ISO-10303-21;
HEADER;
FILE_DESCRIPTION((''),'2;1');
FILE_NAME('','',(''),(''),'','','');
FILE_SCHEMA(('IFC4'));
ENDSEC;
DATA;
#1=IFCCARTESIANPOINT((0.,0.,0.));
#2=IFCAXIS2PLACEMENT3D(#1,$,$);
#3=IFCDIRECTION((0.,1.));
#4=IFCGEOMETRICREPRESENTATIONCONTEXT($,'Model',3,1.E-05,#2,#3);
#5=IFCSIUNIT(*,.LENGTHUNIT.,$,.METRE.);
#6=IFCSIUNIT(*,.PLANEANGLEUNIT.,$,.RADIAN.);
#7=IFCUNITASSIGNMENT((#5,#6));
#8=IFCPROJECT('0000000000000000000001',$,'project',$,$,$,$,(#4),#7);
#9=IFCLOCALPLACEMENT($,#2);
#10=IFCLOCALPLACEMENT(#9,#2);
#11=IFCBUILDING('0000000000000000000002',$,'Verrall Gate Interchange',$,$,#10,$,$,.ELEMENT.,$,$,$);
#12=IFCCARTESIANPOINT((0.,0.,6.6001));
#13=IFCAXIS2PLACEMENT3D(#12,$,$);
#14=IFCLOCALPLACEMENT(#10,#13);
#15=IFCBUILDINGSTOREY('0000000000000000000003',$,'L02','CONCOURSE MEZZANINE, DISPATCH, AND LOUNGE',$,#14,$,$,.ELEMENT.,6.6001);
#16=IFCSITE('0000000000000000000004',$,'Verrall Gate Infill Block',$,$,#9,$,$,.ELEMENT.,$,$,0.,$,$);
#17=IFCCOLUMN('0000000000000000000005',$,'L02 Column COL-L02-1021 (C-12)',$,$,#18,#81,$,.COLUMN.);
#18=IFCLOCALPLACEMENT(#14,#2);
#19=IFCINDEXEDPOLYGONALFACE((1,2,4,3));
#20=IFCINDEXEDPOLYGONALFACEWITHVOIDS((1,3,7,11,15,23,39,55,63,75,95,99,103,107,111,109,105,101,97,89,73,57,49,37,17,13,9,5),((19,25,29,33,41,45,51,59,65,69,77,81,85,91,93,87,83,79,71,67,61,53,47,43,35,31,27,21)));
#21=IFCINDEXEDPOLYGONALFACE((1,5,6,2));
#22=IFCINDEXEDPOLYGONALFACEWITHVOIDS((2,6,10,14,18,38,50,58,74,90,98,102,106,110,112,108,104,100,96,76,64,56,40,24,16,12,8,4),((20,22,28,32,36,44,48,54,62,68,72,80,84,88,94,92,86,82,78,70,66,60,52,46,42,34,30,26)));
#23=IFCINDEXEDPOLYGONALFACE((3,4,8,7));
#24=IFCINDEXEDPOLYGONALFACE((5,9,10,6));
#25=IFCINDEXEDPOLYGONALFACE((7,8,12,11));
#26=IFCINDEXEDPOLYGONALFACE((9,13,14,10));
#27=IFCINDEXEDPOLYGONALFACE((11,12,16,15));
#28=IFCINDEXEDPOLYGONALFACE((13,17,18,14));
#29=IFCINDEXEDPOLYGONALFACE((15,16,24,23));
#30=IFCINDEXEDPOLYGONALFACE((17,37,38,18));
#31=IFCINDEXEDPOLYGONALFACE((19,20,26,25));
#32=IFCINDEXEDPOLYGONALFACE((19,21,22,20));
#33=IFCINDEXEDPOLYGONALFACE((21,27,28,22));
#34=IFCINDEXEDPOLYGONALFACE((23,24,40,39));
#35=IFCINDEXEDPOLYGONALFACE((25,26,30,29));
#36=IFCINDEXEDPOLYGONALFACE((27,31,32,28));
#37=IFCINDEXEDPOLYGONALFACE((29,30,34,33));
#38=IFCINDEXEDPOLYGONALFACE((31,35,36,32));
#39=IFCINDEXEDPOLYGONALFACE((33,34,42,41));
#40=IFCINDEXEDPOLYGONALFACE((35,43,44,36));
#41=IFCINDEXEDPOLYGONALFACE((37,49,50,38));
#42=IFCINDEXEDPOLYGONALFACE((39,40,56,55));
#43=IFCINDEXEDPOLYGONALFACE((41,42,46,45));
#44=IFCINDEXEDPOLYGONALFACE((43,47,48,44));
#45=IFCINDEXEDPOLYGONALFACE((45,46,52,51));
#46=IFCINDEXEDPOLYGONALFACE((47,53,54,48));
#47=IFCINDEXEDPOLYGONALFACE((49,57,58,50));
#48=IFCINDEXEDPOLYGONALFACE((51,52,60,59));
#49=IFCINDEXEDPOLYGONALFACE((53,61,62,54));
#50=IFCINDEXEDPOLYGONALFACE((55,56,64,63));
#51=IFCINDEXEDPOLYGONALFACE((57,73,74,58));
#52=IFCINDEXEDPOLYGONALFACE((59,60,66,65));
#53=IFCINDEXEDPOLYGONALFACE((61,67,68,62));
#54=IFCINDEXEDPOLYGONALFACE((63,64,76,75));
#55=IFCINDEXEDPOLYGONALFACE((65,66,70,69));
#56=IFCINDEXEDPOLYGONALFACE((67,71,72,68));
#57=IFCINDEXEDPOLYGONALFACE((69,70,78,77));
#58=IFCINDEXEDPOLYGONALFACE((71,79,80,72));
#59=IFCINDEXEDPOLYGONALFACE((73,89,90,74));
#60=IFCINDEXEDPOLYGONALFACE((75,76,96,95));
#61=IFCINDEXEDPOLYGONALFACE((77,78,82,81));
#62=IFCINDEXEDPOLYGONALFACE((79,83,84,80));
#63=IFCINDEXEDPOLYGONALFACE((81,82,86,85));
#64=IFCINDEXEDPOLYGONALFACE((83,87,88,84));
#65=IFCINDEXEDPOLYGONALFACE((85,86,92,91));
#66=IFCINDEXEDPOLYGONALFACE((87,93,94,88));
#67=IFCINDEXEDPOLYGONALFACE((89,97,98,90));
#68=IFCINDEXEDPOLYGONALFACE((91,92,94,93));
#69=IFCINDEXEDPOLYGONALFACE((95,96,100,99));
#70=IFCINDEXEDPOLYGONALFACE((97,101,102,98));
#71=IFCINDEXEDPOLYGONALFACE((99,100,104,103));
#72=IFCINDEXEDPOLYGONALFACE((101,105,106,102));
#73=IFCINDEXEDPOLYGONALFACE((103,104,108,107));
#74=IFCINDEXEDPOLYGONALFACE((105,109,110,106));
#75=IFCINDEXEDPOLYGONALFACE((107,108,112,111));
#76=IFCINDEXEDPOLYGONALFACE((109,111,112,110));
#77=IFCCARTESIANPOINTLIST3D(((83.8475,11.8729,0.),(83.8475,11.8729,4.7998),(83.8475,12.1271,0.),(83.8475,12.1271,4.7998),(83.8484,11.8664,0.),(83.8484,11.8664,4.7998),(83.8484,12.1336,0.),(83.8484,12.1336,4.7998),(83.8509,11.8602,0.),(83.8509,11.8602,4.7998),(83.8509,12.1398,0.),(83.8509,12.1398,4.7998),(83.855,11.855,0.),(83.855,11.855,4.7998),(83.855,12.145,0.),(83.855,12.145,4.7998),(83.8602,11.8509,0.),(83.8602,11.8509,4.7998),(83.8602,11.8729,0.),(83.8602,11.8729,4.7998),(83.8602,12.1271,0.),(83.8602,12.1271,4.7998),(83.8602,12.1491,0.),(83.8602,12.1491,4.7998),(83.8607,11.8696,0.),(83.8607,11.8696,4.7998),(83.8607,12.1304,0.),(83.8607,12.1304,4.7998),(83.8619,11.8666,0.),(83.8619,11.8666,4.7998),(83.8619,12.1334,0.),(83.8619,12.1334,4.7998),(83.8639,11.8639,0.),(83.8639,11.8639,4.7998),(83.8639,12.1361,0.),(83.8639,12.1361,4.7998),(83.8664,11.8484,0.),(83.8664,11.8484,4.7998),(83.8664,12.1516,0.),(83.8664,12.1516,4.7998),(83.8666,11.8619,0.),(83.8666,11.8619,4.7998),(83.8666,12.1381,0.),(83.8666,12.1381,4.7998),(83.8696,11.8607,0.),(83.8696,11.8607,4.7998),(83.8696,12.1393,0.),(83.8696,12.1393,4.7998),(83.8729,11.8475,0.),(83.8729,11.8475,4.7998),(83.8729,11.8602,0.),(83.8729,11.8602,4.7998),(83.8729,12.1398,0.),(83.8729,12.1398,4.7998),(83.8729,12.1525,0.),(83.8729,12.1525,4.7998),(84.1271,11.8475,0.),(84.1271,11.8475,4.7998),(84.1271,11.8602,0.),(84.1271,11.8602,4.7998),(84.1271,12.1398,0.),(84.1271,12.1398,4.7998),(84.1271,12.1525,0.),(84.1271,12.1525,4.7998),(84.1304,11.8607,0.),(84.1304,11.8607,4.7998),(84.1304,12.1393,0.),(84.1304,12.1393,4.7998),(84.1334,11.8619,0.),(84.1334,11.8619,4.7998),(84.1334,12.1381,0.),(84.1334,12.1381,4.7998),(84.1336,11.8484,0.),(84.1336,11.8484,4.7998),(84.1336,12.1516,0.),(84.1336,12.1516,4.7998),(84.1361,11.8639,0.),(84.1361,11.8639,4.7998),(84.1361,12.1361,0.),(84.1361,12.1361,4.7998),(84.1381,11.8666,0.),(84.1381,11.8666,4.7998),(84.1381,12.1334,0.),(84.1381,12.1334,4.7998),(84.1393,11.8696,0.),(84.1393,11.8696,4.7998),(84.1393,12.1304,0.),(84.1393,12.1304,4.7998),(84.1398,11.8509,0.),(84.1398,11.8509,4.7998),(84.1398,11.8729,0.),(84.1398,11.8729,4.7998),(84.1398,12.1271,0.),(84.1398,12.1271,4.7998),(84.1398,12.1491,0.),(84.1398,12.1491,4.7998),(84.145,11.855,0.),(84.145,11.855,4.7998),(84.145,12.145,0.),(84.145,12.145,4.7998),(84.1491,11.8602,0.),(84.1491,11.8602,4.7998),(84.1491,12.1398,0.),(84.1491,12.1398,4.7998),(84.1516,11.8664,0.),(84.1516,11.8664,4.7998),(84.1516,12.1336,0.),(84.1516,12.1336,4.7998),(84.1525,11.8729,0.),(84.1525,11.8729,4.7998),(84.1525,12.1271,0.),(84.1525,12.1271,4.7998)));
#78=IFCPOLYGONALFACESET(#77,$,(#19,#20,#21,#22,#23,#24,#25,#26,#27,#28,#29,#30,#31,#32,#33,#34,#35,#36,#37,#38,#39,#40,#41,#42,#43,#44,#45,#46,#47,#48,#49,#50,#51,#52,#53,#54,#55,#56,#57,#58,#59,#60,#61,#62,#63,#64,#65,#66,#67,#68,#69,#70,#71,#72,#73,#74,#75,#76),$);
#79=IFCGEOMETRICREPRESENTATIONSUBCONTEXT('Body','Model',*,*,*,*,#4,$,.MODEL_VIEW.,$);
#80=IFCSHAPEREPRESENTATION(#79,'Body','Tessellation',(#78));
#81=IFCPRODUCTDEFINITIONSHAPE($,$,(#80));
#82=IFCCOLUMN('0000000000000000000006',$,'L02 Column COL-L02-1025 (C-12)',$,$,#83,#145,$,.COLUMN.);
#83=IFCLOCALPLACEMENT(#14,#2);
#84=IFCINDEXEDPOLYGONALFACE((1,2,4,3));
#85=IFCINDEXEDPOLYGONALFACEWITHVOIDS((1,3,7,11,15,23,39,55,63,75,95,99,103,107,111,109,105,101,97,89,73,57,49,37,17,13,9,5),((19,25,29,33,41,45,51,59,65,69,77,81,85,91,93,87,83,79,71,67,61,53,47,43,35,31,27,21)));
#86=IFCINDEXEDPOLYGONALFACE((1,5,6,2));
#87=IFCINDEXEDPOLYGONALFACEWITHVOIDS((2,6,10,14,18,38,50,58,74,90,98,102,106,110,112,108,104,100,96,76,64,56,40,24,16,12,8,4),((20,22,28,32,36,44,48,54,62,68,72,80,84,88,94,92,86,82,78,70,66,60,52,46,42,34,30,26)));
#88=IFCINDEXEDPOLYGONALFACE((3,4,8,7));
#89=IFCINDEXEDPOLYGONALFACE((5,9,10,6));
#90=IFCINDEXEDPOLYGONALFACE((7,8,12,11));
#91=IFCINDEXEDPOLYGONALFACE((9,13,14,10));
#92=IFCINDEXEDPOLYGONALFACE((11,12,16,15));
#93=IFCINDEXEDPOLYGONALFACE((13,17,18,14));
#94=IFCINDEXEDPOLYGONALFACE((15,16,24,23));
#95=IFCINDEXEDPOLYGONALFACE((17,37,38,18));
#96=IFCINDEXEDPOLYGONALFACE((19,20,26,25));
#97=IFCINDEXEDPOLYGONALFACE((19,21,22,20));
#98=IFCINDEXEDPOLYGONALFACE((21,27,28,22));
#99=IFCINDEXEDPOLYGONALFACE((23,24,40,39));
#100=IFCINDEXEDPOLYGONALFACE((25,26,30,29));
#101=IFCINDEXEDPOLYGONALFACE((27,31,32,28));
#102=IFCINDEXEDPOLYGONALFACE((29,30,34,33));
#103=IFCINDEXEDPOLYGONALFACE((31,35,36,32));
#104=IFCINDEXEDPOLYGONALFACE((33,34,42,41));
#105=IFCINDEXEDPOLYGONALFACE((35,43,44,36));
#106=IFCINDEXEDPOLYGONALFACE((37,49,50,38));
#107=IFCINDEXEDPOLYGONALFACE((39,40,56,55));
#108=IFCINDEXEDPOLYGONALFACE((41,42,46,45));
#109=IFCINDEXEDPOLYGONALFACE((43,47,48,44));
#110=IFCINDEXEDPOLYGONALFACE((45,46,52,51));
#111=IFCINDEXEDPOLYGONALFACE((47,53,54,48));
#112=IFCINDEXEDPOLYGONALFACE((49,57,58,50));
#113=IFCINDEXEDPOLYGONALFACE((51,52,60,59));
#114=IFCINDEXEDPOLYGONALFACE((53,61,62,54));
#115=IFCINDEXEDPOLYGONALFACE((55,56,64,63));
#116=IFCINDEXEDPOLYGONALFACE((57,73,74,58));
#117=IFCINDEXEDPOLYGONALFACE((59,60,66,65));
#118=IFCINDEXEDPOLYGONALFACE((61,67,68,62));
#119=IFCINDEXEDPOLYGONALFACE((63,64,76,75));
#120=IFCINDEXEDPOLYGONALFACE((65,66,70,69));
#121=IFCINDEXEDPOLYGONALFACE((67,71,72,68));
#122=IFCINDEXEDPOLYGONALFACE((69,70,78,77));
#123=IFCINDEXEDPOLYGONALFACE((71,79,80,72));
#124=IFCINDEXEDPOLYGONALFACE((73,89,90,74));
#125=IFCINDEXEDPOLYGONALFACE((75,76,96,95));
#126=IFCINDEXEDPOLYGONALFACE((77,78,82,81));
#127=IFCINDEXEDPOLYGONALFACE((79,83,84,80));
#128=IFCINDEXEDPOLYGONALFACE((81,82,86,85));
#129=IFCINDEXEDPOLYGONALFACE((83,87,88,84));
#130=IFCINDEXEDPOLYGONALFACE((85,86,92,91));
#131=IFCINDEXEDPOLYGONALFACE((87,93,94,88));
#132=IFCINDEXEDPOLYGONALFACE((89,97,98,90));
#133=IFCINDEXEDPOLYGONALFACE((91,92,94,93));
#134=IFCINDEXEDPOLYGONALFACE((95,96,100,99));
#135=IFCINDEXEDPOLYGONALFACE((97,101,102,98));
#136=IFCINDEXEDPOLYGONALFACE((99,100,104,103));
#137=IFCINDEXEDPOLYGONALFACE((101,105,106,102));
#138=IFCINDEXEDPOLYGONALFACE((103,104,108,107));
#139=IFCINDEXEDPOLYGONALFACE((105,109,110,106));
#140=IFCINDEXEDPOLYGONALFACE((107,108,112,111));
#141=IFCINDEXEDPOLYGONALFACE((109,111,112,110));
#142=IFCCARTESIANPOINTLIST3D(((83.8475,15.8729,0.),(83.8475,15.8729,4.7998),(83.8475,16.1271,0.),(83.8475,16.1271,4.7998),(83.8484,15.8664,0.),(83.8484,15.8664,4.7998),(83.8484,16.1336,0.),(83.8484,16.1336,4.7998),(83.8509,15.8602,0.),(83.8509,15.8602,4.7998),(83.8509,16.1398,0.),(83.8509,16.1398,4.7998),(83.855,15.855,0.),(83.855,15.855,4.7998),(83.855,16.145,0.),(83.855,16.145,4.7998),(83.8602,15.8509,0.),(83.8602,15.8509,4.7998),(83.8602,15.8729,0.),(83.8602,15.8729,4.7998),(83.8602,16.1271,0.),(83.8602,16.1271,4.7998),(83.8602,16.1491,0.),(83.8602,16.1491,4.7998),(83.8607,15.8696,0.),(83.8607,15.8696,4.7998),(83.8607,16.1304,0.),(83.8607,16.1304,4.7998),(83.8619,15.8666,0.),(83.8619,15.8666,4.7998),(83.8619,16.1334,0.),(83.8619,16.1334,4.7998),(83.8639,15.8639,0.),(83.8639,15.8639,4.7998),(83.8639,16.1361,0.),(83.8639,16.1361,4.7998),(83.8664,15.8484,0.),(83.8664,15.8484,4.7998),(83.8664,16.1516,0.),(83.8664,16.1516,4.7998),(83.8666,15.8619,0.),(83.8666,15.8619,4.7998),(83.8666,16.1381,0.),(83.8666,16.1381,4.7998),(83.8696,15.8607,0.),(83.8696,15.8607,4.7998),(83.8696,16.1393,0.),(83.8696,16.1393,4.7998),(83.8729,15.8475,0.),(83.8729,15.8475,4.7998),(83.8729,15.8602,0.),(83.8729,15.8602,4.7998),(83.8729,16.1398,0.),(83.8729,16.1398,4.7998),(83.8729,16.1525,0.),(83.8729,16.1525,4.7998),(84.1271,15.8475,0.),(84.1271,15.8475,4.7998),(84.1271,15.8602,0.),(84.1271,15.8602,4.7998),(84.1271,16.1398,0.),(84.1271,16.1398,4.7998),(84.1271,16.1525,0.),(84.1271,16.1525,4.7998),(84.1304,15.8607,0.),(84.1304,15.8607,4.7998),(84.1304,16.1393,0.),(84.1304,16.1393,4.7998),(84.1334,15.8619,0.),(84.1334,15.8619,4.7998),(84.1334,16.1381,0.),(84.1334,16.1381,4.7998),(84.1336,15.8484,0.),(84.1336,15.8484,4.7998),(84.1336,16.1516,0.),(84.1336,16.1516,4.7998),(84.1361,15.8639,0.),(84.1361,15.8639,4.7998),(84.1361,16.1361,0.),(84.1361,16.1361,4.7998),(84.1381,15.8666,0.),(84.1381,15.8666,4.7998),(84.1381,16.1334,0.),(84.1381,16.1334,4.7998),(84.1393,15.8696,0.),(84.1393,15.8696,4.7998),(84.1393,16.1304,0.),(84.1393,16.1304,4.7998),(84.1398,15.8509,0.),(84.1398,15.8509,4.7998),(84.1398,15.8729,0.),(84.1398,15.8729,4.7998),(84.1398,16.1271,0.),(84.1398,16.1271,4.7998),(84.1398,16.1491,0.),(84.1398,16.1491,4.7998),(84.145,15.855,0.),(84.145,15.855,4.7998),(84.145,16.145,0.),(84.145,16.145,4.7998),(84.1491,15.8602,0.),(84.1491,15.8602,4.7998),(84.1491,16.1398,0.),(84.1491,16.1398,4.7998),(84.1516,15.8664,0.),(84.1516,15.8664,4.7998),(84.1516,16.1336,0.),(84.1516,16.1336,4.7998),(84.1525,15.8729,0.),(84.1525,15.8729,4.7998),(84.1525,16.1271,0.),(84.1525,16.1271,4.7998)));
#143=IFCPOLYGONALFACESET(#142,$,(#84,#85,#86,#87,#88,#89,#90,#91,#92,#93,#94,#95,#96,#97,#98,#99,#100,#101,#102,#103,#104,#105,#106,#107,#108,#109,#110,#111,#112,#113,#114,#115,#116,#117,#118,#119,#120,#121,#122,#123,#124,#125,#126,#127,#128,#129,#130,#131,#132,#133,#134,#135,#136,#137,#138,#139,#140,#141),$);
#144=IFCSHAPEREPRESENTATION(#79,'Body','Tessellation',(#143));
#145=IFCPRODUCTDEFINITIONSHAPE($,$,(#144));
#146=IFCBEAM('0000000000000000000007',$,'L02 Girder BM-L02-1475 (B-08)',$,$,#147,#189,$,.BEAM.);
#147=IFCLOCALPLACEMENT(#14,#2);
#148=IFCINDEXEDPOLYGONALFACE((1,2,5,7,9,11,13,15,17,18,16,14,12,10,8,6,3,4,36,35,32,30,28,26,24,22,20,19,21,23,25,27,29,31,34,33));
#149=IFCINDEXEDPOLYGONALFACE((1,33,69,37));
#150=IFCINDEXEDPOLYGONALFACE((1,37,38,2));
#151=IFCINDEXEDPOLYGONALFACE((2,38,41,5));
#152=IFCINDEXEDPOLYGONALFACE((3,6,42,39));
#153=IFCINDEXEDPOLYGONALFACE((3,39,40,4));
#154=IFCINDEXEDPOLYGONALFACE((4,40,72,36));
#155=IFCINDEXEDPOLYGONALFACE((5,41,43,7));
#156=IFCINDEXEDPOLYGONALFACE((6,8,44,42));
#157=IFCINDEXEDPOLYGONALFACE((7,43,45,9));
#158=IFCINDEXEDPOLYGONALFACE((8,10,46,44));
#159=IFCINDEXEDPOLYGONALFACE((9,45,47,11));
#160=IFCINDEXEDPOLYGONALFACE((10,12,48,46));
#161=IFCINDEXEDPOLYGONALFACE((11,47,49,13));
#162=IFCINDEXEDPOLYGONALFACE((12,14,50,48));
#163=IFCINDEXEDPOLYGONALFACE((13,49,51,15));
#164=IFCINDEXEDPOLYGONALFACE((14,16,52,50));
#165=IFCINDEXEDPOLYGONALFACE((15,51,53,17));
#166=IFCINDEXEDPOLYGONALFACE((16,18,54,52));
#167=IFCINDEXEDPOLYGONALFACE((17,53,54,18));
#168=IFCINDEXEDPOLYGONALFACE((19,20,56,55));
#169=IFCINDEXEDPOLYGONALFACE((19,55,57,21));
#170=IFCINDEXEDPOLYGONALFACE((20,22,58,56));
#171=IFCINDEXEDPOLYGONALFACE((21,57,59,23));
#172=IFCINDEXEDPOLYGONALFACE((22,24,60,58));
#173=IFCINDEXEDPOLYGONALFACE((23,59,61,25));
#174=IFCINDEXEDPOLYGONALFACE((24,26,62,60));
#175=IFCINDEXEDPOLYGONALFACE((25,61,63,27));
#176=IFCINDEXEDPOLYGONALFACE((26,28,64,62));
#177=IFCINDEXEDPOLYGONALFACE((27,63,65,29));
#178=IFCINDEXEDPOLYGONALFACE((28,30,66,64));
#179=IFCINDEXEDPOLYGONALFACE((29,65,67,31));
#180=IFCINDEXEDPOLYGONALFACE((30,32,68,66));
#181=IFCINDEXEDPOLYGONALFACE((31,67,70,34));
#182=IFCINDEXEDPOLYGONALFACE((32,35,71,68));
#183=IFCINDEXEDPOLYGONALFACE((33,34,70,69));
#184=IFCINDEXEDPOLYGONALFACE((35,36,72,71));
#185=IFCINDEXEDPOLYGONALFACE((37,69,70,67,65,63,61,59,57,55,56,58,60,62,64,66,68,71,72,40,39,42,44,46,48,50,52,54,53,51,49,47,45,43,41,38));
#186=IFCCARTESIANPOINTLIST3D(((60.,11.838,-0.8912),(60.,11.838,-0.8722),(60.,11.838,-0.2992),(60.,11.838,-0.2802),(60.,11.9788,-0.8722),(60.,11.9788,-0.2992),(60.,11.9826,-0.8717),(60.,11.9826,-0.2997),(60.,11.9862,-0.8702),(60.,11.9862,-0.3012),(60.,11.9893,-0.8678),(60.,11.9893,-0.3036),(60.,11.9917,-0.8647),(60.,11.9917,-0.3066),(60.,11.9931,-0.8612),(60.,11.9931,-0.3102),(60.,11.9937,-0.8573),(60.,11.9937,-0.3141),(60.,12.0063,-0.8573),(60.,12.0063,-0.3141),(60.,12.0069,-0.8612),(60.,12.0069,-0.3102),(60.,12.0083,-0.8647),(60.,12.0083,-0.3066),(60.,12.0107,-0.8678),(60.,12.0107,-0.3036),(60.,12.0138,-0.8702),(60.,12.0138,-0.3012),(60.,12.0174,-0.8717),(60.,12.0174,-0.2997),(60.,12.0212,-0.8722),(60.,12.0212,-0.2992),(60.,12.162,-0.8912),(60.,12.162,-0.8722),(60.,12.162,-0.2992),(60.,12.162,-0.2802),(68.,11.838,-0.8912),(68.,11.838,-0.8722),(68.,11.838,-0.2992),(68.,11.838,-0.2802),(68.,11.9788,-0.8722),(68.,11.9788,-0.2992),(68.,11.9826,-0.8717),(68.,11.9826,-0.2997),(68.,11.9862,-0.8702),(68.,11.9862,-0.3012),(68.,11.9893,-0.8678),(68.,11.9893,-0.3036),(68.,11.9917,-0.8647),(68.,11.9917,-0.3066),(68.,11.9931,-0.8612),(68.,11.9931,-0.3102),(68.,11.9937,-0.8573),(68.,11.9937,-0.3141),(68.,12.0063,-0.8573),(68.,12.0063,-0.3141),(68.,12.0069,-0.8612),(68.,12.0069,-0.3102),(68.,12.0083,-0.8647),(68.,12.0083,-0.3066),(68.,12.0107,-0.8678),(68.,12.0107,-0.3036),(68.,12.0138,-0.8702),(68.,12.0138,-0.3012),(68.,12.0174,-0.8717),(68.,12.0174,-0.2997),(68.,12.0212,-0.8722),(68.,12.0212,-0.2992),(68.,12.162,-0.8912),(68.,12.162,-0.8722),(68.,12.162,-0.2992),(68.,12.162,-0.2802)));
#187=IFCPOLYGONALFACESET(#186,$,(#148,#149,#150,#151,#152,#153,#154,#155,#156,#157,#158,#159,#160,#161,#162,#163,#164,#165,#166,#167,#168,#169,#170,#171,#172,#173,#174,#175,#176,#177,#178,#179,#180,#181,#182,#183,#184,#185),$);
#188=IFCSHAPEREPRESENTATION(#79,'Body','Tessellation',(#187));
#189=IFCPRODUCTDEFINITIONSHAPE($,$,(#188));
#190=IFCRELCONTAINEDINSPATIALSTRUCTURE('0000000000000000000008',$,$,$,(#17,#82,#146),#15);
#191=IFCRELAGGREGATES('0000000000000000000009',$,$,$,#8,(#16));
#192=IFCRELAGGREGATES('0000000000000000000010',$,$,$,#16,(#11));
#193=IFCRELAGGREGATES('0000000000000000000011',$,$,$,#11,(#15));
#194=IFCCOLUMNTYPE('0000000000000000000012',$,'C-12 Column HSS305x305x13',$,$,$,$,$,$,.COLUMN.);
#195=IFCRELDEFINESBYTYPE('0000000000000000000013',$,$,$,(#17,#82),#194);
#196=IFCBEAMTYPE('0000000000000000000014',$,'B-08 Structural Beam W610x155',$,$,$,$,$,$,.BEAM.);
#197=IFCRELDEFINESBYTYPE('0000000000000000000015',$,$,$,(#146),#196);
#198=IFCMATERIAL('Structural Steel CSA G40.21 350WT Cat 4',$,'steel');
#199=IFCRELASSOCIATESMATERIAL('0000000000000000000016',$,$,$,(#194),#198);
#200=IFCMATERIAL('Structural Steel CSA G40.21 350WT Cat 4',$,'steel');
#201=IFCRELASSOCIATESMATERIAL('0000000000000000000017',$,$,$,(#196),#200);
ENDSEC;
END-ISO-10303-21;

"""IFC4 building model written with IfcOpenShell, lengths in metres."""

from ifc_helpers import new_model, si_unit, direction, frame, origin, origin_2d, place, context, subcontext, project, spatial, hollow_rectangle, i_section, extrude, material, material_profile, profile_set, type_object, element, save


model = new_model("IFC4")

# Units and contexts
model_context = context("Model", 3, precision=1e-05, world=origin(), true_north=direction((0.0, 1.0)))
body_context = subcontext(model_context, "Body", "Model", "MODEL_VIEW")
ifc_project = project(units=[si_unit("LENGTHUNIT", "METRE"), si_unit("PLANEANGLEUNIT", "RADIAN")], contexts=[model_context])

# Site, building, storey
site_placement = place(None, origin())
site = spatial("IfcSite", under=ifc_project, at=site_placement, Name="Verrall Gate Infill Block", CompositionType="ELEMENT", RefElevation=0.0)
building_placement = place(site_placement, origin())
building = spatial("IfcBuilding", under=site, at=building_placement, Name="Verrall Gate Interchange", CompositionType="ELEMENT")
storey_placement = place(building_placement, frame((0.0, 0.0, 6.6001)))
storey = spatial("IfcBuildingStorey", under=building, at=storey_placement, Name="L02", Description="CONCOURSE MEZZANINE, DISPATCH, AND LOUNGE", CompositionType="ELEMENT", Elevation=6.6001)

# Columns
ifc_material_1 = material(Name="Structural Steel CSA G40.21 350WT Cat 4", Category="steel")
ifc_material_profile_1 = material_profile(ifc_material_1, hollow_rectangle(XDim=0.3049, YDim=0.3049, WallThickness=0.0127, InnerFilletRadius=0.0127, OuterFilletRadius=0.0254, at=origin_2d()), Name="HSS305x305x13")
ifc_profile_set_1 = profile_set([ifc_material_profile_1], Name="Structural Steel CSA G40.21 350WT Cat 4")
column_type = type_object("IfcColumnType", Name="C-12 Column HSS305x305x13", PredefinedType="COLUMN", material=ifc_profile_set_1)
for number, where, z_axis, x_axis, name in (
    (1, (84.0, 12.0, 0.0), (0.0, 0.0, 1.0), (1.0, 0.0, 0.0), "L02 Column COL-L02-1021 (C-12)"),
    (2, (84.0, 16.0, 0.0), (0.0, 0.0, 1.0), (1.0, 0.0, 0.0), "L02 Column COL-L02-1025 (C-12)"),
):
    element("IfcColumn", number, at=place(storey_placement, frame(where, z_axis=z_axis, x_axis=x_axis)), inside=storey, type_object=column_type, Name=name, PredefinedType="COLUMN", context=body_context, shape_type="SweptSolid", body=[
        extrude(hollow_rectangle(XDim=0.3049, YDim=0.3049, WallThickness=0.0127, InnerFilletRadius=0.0127, OuterFilletRadius=0.0254, at=origin_2d()), origin(), (0.0, 0.0, 1.0), 4.7998),
    ])

# Beam
ifc_material_2 = material(Name="Structural Steel CSA G40.21 350WT Cat 4", Category="steel")
ifc_material_profile_2 = material_profile(ifc_material_2, i_section(OverallWidth=0.324, OverallDepth=0.6111, WebThickness=0.0127, FlangeThickness=0.019, FilletRadius=0.0149, at=origin_2d()), Name="W610x155")
ifc_profile_set_2 = profile_set([ifc_material_profile_2], Name="Structural Steel CSA G40.21 350WT Cat 4")
beam_type_1 = type_object("IfcBeamType", Name="B-08 Structural Beam W610x155", PredefinedType="BEAM", material=ifc_profile_set_2)
for number, where, z_axis, x_axis, name in (
    (3, (60.0, 12.0, -0.5857), (1.0, 0.0, 0.0), (0.0, 1.0, 0.0), "L02 Girder BM-L02-1475 (B-08)"),
):
    element("IfcBeam", number, at=place(storey_placement, frame(where, z_axis=z_axis, x_axis=x_axis)), inside=storey, type_object=beam_type_1, Name=name, PredefinedType="BEAM", context=body_context, shape_type="SweptSolid", body=[
        extrude(i_section(OverallWidth=0.324, OverallDepth=0.6111, WebThickness=0.0127, FlangeThickness=0.019, FilletRadius=0.0149, at=origin_2d()), origin(), (0.0, 0.0, 1.0), 8.0),
    ])

save(model, "model.ifc")
